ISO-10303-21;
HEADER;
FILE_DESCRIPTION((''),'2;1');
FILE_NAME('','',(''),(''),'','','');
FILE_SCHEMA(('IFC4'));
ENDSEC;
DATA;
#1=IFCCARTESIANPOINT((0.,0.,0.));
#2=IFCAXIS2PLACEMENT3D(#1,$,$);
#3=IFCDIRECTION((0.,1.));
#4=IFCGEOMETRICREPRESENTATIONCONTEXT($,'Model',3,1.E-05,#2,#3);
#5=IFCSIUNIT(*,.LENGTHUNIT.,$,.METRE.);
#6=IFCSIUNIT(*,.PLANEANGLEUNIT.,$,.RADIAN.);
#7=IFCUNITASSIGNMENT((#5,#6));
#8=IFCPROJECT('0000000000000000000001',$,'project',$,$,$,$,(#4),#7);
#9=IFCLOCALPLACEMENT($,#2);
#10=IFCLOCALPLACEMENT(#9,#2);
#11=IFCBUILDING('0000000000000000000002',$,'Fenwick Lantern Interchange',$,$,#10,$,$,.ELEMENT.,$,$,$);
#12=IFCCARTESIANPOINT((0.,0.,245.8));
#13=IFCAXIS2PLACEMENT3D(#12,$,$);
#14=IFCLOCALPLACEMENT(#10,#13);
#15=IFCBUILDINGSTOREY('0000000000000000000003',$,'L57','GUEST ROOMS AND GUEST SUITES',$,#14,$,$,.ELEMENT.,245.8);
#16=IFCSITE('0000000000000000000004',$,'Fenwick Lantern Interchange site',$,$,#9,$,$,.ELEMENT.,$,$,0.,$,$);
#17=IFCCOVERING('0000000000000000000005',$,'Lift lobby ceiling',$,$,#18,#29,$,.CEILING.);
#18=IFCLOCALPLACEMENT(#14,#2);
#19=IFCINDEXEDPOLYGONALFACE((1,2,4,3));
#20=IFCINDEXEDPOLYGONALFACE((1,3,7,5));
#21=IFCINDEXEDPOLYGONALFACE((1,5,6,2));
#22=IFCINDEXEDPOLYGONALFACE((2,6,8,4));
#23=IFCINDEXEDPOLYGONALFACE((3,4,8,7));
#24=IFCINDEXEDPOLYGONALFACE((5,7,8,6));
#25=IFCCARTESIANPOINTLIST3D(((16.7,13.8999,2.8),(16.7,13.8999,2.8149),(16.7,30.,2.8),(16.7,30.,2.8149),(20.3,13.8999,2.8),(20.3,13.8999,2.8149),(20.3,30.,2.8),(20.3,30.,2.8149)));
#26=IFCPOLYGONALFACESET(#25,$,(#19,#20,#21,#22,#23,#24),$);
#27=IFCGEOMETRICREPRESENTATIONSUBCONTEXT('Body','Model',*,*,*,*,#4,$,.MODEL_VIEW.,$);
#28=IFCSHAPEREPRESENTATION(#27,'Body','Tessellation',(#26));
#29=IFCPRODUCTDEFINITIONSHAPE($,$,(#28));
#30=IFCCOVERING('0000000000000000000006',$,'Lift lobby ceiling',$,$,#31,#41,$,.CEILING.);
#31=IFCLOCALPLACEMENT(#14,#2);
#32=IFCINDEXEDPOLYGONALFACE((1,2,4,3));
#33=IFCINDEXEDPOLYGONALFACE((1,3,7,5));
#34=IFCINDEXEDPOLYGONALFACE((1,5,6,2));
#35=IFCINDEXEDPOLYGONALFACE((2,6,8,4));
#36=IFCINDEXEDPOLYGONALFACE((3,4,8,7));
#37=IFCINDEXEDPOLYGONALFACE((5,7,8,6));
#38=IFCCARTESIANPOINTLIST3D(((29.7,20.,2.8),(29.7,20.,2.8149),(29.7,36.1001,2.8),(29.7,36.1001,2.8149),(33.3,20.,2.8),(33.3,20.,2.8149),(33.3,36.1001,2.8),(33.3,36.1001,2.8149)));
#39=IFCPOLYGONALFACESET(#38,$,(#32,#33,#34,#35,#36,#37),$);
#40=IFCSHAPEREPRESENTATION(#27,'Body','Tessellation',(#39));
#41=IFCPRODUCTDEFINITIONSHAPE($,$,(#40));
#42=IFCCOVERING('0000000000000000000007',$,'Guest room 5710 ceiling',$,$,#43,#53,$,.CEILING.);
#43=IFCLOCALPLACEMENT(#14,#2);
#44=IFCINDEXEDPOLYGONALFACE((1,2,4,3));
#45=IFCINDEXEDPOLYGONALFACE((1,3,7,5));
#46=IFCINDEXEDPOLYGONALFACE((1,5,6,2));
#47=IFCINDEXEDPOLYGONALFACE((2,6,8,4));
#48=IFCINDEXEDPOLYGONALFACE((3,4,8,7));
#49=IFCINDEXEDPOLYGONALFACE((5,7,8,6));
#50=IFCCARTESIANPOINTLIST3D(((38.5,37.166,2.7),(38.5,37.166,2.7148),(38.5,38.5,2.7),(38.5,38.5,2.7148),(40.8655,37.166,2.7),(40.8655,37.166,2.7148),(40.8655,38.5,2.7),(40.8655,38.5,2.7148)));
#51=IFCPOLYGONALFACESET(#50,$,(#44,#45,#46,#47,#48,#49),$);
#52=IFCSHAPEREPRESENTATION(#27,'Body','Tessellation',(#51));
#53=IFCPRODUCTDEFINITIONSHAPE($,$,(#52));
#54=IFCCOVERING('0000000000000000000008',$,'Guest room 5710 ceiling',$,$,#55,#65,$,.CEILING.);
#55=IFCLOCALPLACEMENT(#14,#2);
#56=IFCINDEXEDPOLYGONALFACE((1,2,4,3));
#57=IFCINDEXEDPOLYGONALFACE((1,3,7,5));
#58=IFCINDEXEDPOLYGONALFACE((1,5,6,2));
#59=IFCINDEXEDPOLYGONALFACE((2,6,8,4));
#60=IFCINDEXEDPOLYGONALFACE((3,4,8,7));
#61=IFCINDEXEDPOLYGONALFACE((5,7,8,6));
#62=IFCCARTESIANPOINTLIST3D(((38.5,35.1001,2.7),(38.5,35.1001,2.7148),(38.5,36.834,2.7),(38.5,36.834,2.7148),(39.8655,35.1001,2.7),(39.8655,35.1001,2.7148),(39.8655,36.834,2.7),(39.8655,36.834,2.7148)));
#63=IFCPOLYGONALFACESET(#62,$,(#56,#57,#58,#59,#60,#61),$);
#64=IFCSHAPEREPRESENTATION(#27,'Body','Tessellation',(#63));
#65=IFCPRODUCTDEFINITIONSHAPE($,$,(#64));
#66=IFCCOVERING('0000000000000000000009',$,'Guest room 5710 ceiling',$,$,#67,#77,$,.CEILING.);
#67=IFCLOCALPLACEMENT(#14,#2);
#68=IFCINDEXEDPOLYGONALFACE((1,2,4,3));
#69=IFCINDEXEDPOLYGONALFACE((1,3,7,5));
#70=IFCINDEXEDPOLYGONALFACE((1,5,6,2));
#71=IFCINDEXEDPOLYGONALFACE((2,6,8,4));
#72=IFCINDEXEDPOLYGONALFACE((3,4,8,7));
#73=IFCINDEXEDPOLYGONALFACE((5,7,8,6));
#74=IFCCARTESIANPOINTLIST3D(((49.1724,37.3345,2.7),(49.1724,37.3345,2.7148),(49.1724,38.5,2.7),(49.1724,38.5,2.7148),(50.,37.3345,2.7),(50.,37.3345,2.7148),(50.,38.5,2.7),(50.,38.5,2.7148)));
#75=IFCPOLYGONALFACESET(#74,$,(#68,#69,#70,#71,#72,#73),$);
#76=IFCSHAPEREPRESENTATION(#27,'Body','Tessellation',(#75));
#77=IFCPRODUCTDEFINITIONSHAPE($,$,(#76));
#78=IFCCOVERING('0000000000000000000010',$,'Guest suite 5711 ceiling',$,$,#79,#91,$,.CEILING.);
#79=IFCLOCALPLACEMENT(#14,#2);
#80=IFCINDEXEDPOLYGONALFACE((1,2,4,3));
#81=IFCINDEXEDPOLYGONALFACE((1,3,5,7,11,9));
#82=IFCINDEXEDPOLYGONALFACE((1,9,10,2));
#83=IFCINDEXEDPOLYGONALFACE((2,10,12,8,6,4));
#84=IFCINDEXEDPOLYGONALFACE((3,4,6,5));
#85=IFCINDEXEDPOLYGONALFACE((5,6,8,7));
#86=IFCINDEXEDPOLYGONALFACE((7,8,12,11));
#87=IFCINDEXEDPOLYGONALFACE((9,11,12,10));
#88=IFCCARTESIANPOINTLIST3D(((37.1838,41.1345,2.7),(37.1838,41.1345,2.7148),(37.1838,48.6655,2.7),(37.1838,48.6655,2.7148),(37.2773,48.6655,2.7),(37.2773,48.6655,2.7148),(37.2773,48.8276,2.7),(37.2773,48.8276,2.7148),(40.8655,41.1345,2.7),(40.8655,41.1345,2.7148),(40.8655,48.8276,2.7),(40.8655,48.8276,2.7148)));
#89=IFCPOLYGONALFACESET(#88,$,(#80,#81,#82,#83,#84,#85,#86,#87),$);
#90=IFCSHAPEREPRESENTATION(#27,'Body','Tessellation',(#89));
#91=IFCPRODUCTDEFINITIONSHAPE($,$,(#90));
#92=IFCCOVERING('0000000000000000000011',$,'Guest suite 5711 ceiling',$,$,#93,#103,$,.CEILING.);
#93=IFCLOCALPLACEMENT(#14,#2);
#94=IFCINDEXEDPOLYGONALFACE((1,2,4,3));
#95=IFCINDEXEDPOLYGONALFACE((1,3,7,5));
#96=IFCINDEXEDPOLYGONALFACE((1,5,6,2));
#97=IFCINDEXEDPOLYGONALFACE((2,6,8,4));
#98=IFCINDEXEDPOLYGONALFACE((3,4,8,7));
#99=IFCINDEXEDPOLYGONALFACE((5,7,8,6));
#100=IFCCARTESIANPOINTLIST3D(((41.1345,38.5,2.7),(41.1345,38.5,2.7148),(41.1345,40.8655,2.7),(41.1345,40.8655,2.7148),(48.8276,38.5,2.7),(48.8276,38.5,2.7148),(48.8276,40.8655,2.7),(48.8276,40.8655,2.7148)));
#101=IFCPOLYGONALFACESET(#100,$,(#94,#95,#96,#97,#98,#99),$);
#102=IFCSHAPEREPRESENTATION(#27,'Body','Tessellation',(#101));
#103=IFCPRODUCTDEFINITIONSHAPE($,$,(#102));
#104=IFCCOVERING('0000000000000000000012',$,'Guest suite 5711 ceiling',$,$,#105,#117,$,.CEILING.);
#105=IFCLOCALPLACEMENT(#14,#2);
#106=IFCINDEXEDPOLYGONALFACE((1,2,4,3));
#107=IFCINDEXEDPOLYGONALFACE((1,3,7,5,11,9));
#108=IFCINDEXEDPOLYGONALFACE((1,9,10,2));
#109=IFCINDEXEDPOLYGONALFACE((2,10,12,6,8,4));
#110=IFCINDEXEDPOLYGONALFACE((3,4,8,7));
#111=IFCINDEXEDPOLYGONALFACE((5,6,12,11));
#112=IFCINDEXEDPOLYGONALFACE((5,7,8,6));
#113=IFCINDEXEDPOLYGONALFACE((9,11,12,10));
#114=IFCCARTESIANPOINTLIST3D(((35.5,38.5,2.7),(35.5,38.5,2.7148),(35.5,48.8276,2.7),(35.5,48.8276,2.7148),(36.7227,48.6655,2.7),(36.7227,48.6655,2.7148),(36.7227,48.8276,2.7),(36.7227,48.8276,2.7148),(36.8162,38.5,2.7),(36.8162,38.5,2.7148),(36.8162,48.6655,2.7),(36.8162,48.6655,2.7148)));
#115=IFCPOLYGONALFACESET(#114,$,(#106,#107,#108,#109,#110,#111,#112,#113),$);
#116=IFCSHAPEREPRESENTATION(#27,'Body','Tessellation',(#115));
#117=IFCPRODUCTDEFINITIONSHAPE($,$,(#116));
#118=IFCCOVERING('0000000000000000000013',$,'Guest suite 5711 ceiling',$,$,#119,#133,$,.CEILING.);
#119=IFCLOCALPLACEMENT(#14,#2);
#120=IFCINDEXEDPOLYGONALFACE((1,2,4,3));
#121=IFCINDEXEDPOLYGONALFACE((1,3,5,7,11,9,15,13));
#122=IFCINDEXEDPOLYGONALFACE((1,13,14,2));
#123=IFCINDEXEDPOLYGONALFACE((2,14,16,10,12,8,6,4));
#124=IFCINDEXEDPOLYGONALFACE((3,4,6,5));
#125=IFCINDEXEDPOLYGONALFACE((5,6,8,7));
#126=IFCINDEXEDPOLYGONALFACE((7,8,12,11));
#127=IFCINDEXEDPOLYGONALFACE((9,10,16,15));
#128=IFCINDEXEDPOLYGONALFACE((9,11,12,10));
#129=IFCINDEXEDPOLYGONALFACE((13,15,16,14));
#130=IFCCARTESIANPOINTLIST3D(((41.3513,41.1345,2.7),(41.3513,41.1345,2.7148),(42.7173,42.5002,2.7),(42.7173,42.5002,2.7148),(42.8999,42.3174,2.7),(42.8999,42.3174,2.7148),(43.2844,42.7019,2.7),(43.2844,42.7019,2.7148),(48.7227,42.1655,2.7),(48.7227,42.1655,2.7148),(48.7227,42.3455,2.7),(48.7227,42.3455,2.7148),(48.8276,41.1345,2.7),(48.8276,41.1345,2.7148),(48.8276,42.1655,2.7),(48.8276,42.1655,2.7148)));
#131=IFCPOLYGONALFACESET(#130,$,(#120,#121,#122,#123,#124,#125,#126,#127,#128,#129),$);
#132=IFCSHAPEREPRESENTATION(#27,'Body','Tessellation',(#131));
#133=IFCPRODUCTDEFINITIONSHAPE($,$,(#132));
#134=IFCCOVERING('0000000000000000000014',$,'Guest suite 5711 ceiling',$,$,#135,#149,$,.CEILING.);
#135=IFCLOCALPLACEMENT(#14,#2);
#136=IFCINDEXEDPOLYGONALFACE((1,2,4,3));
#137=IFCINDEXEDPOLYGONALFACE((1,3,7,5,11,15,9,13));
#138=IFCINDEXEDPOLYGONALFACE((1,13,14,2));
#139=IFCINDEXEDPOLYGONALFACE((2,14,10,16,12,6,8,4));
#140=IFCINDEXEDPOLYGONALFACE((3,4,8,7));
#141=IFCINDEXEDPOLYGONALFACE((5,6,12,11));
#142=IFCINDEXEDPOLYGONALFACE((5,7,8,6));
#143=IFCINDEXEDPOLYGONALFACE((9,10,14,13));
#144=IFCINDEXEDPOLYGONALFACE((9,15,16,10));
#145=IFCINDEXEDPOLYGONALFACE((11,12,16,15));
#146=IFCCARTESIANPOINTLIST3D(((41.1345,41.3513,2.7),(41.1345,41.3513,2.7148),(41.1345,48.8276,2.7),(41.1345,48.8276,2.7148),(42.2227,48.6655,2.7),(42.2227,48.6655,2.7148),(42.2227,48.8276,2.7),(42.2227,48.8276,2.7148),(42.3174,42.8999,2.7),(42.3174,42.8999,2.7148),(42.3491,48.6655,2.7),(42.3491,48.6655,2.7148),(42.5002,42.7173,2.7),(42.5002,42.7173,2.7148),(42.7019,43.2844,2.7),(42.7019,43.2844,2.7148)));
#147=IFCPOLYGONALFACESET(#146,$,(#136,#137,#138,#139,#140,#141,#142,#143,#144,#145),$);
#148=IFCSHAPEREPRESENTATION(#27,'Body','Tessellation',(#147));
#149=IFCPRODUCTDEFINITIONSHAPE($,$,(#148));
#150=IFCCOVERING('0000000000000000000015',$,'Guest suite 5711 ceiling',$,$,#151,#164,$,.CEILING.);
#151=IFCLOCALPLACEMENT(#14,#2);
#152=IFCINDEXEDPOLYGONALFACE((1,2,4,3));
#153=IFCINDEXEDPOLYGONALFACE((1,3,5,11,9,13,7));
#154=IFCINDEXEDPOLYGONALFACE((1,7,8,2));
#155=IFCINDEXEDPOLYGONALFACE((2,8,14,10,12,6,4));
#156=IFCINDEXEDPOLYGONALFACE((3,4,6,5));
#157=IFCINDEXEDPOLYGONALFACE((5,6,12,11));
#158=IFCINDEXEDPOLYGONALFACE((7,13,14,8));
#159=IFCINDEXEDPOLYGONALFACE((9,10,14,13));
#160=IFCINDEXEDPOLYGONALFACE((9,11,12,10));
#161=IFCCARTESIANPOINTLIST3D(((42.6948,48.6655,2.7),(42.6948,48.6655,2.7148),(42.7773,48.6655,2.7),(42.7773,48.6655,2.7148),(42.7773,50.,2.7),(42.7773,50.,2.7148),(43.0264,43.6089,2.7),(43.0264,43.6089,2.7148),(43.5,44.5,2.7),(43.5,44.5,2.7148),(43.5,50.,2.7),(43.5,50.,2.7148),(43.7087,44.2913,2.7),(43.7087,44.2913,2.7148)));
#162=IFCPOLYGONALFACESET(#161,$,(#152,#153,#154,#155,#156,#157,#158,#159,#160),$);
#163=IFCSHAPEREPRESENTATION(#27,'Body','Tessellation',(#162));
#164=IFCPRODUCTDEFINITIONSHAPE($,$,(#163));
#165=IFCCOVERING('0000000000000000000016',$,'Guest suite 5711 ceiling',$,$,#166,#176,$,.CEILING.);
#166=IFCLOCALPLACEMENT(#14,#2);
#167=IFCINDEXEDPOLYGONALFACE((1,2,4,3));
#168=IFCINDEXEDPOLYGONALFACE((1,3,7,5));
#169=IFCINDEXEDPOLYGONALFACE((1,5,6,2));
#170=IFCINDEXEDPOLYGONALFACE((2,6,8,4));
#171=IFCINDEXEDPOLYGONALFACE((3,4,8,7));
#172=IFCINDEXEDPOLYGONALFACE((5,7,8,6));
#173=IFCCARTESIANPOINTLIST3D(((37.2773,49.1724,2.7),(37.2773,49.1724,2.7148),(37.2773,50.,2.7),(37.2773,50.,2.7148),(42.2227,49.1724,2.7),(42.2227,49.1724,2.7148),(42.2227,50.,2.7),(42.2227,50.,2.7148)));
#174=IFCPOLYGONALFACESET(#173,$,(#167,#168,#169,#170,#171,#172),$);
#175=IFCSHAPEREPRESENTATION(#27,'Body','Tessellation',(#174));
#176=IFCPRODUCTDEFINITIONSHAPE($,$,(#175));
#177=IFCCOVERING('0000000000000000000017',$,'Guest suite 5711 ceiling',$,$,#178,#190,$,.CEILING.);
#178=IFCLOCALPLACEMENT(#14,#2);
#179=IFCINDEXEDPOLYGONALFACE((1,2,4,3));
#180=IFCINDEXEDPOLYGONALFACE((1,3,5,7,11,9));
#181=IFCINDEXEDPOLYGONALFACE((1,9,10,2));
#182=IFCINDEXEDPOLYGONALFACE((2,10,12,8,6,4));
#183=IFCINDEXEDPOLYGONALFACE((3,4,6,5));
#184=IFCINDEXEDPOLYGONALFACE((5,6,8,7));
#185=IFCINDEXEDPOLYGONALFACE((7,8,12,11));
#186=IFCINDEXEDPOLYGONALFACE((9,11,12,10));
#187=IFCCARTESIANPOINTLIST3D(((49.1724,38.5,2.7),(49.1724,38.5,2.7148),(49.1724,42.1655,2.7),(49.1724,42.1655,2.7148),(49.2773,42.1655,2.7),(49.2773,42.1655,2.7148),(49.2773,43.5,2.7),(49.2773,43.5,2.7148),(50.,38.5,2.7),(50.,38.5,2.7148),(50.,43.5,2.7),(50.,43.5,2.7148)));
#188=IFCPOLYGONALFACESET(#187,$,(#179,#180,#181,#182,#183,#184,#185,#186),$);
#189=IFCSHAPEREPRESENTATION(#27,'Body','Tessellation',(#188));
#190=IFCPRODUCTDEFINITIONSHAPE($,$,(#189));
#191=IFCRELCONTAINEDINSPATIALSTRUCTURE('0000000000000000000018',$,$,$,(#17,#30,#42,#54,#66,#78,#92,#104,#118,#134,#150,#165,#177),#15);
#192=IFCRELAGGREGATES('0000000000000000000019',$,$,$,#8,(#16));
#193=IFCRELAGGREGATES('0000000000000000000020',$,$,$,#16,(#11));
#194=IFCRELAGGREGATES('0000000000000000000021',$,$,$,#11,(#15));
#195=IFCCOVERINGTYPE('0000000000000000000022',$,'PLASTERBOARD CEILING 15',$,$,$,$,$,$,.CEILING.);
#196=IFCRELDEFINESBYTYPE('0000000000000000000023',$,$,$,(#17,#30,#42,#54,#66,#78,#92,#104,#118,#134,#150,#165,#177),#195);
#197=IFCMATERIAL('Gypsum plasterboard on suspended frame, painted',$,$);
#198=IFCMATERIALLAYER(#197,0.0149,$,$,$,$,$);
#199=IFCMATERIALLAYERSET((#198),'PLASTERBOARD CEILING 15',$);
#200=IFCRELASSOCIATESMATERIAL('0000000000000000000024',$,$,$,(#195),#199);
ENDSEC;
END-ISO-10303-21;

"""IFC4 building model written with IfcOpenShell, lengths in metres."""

from ifc_helpers import new_model, si_unit, direction, frame, origin, place, context, subcontext, project, spatial, polyline, outline, extrude, material, layer, layer_set, type_object, element, save


model = new_model("IFC4")

# Units and contexts
model_context = context("Model", 3, precision=1e-05, world=origin(), true_north=direction((0.0, 1.0)))
body_context = subcontext(model_context, "Body", "Model", "MODEL_VIEW")
ifc_project = project(units=[si_unit("LENGTHUNIT", "METRE"), si_unit("PLANEANGLEUNIT", "RADIAN")], contexts=[model_context])

# Site, building, storey
site_placement = place(None, origin())
site = spatial("IfcSite", under=ifc_project, at=site_placement, Name="Fenwick Lantern Interchange site", CompositionType="ELEMENT", RefElevation=0.0)
building_placement = place(site_placement, origin())
building = spatial("IfcBuilding", under=site, at=building_placement, Name="Fenwick Lantern Interchange", CompositionType="ELEMENT")
storey_placement = place(building_placement, frame((0.0, 0.0, 245.8)))
storey = spatial("IfcBuildingStorey", under=building, at=storey_placement, Name="L57", Description="GUEST ROOMS AND GUEST SUITES", CompositionType="ELEMENT", Elevation=245.8)

# Coverings
ifc_material = material(Name="Gypsum plasterboard on suspended frame, painted")
ifc_layer = layer(ifc_material, 0.0149)
ifc_layer_set = layer_set([ifc_layer], Name="PLASTERBOARD CEILING 15")
covering_type = type_object("IfcCoveringType", Name="PLASTERBOARD CEILING 15", PredefinedType="CEILING", material=ifc_layer_set)
covering_1_placement = place(storey_placement, frame((0.0, 0.0, 2.8)))
element("IfcCovering", 1, at=covering_1_placement, inside=storey, type_object=covering_type, Name="Lift lobby ceiling", PredefinedType="CEILING", context=body_context, shape_type="SweptSolid", body=[
    extrude(outline(polyline([(16.7, 13.8999), (20.3, 13.8999), (20.3, 30.0), (16.7, 30.0), (16.7, 13.8999)])), origin(), (0.0, 0.0, 1.0), 0.0149),
])
covering_2_placement = place(storey_placement, frame((0.0, 0.0, 2.8)))
element("IfcCovering", 2, at=covering_2_placement, inside=storey, type_object=covering_type, Name="Lift lobby ceiling", PredefinedType="CEILING", context=body_context, shape_type="SweptSolid", body=[
    extrude(outline(polyline([(33.3, 36.1001), (29.7, 36.1001), (29.7, 20.0), (33.3, 20.0), (33.3, 36.1001)])), origin(), (0.0, 0.0, 1.0), 0.0149),
])
covering_3_placement = place(storey_placement, frame((0.0, 0.0, 2.7)))
element("IfcCovering", 3, at=covering_3_placement, inside=storey, type_object=covering_type, Name="Guest room 5710 ceiling", PredefinedType="CEILING", context=body_context, shape_type="SweptSolid", body=[
    extrude(outline(polyline([(38.5, 38.5), (38.5, 37.166), (40.8655, 37.166), (40.8655, 38.5), (38.5, 38.5)])), origin(), (0.0, 0.0, 1.0), 0.0149),
])
covering_4_placement = place(storey_placement, frame((0.0, 0.0, 2.7)))
element("IfcCovering", 4, at=covering_4_placement, inside=storey, type_object=covering_type, Name="Guest room 5710 ceiling", PredefinedType="CEILING", context=body_context, shape_type="SweptSolid", body=[
    extrude(outline(polyline([(38.5, 35.1001), (39.8655, 35.1001), (39.8655, 36.834), (38.5, 36.834), (38.5, 35.1001)])), origin(), (0.0, 0.0, 1.0), 0.0149),
])
covering_5_placement = place(storey_placement, frame((0.0, 0.0, 2.7)))
element("IfcCovering", 5, at=covering_5_placement, inside=storey, type_object=covering_type, Name="Guest room 5710 ceiling", PredefinedType="CEILING", context=body_context, shape_type="SweptSolid", body=[
    extrude(outline(polyline([(50.0, 37.3345), (50.0, 38.5), (49.1724, 38.5), (49.1724, 37.3345), (50.0, 37.3345)])), origin(), (0.0, 0.0, 1.0), 0.0149),
])
covering_6_placement = place(storey_placement, frame((0.0, 0.0, 2.7)))
element("IfcCovering", 6, at=covering_6_placement, inside=storey, type_object=covering_type, Name="Guest suite 5711 ceiling", PredefinedType="CEILING", context=body_context, shape_type="SweptSolid", body=[
    extrude(outline(polyline([(37.2773, 48.6655), (37.1838, 48.6655), (37.1838, 41.1345), (40.8655, 41.1345), (40.8655, 48.8276), (37.2773, 48.8276), (37.2773, 48.6655)])), origin(), (0.0, 0.0, 1.0), 0.0149),
])
covering_7_placement = place(storey_placement, frame((0.0, 0.0, 2.7)))
element("IfcCovering", 7, at=covering_7_placement, inside=storey, type_object=covering_type, Name="Guest suite 5711 ceiling", PredefinedType="CEILING", context=body_context, shape_type="SweptSolid", body=[
    extrude(outline(polyline([(41.1345, 38.5), (48.8276, 38.5), (48.8276, 40.8655), (41.1345, 40.8655), (41.1345, 38.5)])), origin(), (0.0, 0.0, 1.0), 0.0149),
])
covering_8_placement = place(storey_placement, frame((0.0, 0.0, 2.7)))
element("IfcCovering", 8, at=covering_8_placement, inside=storey, type_object=covering_type, Name="Guest suite 5711 ceiling", PredefinedType="CEILING", context=body_context, shape_type="SweptSolid", body=[
    extrude(outline(polyline([(35.5, 38.5), (36.8162, 38.5), (36.8162, 48.6655), (36.7227, 48.6655), (36.7227, 48.8276), (35.5, 48.8276), (35.5, 38.5)])), origin(), (0.0, 0.0, 1.0), 0.0149),
])
covering_9_placement = place(storey_placement, frame((0.0, 0.0, 2.7)))
element("IfcCovering", 9, at=covering_9_placement, inside=storey, type_object=covering_type, Name="Guest suite 5711 ceiling", PredefinedType="CEILING", context=body_context, shape_type="SweptSolid", body=[
    extrude(outline(polyline([(42.8999, 42.3174), (42.7173, 42.5002), (41.3513, 41.1345), (48.8276, 41.1345), (48.8276, 42.1655), (48.7227, 42.1655), (48.7227, 42.3455), (43.2844, 42.7019), (42.8999, 42.3174)])), origin(), (0.0, 0.0, 1.0), 0.0149),
])
covering_10_placement = place(storey_placement, frame((0.0, 0.0, 2.7)))
element("IfcCovering", 10, at=covering_10_placement, inside=storey, type_object=covering_type, Name="Guest suite 5711 ceiling", PredefinedType="CEILING", context=body_context, shape_type="SweptSolid", body=[
    extrude(outline(polyline([(42.2227, 48.6655), (42.2227, 48.8276), (41.1345, 48.8276), (41.1345, 41.3513), (42.5002, 42.7173), (42.3174, 42.8999), (42.7019, 43.2844), (42.3491, 48.6655), (42.2227, 48.6655)])), origin(), (0.0, 0.0, 1.0), 0.0149),
])
covering_11_placement = place(storey_placement, frame((0.0, 0.0, 2.7)))
element("IfcCovering", 11, at=covering_11_placement, inside=storey, type_object=covering_type, Name="Guest suite 5711 ceiling", PredefinedType="CEILING", context=body_context, shape_type="SweptSolid", body=[
    extrude(outline(polyline([(42.7773, 48.6655), (42.6948, 48.6655), (43.0264, 43.6089), (43.7087, 44.2913), (43.5, 44.5), (43.5, 50.0), (42.7773, 50.0), (42.7773, 48.6655)])), origin(), (0.0, 0.0, 1.0), 0.0149),
])
covering_12_placement = place(storey_placement, frame((0.0, 0.0, 2.7)))
element("IfcCovering", 12, at=covering_12_placement, inside=storey, type_object=covering_type, Name="Guest suite 5711 ceiling", PredefinedType="CEILING", context=body_context, shape_type="SweptSolid", body=[
    extrude(outline(polyline([(37.2773, 50.0), (37.2773, 49.1724), (42.2227, 49.1724), (42.2227, 50.0), (37.2773, 50.0)])), origin(), (0.0, 0.0, 1.0), 0.0149),
])
covering_13_placement = place(storey_placement, frame((0.0, 0.0, 2.7)))
element("IfcCovering", 13, at=covering_13_placement, inside=storey, type_object=covering_type, Name="Guest suite 5711 ceiling", PredefinedType="CEILING", context=body_context, shape_type="SweptSolid", body=[
    extrude(outline(polyline([(49.2773, 43.5), (49.2773, 42.1655), (49.1724, 42.1655), (49.1724, 38.5), (50.0, 38.5), (50.0, 43.5), (49.2773, 43.5)])), origin(), (0.0, 0.0, 1.0), 0.0149),
])

save(model, "model.ifc")
